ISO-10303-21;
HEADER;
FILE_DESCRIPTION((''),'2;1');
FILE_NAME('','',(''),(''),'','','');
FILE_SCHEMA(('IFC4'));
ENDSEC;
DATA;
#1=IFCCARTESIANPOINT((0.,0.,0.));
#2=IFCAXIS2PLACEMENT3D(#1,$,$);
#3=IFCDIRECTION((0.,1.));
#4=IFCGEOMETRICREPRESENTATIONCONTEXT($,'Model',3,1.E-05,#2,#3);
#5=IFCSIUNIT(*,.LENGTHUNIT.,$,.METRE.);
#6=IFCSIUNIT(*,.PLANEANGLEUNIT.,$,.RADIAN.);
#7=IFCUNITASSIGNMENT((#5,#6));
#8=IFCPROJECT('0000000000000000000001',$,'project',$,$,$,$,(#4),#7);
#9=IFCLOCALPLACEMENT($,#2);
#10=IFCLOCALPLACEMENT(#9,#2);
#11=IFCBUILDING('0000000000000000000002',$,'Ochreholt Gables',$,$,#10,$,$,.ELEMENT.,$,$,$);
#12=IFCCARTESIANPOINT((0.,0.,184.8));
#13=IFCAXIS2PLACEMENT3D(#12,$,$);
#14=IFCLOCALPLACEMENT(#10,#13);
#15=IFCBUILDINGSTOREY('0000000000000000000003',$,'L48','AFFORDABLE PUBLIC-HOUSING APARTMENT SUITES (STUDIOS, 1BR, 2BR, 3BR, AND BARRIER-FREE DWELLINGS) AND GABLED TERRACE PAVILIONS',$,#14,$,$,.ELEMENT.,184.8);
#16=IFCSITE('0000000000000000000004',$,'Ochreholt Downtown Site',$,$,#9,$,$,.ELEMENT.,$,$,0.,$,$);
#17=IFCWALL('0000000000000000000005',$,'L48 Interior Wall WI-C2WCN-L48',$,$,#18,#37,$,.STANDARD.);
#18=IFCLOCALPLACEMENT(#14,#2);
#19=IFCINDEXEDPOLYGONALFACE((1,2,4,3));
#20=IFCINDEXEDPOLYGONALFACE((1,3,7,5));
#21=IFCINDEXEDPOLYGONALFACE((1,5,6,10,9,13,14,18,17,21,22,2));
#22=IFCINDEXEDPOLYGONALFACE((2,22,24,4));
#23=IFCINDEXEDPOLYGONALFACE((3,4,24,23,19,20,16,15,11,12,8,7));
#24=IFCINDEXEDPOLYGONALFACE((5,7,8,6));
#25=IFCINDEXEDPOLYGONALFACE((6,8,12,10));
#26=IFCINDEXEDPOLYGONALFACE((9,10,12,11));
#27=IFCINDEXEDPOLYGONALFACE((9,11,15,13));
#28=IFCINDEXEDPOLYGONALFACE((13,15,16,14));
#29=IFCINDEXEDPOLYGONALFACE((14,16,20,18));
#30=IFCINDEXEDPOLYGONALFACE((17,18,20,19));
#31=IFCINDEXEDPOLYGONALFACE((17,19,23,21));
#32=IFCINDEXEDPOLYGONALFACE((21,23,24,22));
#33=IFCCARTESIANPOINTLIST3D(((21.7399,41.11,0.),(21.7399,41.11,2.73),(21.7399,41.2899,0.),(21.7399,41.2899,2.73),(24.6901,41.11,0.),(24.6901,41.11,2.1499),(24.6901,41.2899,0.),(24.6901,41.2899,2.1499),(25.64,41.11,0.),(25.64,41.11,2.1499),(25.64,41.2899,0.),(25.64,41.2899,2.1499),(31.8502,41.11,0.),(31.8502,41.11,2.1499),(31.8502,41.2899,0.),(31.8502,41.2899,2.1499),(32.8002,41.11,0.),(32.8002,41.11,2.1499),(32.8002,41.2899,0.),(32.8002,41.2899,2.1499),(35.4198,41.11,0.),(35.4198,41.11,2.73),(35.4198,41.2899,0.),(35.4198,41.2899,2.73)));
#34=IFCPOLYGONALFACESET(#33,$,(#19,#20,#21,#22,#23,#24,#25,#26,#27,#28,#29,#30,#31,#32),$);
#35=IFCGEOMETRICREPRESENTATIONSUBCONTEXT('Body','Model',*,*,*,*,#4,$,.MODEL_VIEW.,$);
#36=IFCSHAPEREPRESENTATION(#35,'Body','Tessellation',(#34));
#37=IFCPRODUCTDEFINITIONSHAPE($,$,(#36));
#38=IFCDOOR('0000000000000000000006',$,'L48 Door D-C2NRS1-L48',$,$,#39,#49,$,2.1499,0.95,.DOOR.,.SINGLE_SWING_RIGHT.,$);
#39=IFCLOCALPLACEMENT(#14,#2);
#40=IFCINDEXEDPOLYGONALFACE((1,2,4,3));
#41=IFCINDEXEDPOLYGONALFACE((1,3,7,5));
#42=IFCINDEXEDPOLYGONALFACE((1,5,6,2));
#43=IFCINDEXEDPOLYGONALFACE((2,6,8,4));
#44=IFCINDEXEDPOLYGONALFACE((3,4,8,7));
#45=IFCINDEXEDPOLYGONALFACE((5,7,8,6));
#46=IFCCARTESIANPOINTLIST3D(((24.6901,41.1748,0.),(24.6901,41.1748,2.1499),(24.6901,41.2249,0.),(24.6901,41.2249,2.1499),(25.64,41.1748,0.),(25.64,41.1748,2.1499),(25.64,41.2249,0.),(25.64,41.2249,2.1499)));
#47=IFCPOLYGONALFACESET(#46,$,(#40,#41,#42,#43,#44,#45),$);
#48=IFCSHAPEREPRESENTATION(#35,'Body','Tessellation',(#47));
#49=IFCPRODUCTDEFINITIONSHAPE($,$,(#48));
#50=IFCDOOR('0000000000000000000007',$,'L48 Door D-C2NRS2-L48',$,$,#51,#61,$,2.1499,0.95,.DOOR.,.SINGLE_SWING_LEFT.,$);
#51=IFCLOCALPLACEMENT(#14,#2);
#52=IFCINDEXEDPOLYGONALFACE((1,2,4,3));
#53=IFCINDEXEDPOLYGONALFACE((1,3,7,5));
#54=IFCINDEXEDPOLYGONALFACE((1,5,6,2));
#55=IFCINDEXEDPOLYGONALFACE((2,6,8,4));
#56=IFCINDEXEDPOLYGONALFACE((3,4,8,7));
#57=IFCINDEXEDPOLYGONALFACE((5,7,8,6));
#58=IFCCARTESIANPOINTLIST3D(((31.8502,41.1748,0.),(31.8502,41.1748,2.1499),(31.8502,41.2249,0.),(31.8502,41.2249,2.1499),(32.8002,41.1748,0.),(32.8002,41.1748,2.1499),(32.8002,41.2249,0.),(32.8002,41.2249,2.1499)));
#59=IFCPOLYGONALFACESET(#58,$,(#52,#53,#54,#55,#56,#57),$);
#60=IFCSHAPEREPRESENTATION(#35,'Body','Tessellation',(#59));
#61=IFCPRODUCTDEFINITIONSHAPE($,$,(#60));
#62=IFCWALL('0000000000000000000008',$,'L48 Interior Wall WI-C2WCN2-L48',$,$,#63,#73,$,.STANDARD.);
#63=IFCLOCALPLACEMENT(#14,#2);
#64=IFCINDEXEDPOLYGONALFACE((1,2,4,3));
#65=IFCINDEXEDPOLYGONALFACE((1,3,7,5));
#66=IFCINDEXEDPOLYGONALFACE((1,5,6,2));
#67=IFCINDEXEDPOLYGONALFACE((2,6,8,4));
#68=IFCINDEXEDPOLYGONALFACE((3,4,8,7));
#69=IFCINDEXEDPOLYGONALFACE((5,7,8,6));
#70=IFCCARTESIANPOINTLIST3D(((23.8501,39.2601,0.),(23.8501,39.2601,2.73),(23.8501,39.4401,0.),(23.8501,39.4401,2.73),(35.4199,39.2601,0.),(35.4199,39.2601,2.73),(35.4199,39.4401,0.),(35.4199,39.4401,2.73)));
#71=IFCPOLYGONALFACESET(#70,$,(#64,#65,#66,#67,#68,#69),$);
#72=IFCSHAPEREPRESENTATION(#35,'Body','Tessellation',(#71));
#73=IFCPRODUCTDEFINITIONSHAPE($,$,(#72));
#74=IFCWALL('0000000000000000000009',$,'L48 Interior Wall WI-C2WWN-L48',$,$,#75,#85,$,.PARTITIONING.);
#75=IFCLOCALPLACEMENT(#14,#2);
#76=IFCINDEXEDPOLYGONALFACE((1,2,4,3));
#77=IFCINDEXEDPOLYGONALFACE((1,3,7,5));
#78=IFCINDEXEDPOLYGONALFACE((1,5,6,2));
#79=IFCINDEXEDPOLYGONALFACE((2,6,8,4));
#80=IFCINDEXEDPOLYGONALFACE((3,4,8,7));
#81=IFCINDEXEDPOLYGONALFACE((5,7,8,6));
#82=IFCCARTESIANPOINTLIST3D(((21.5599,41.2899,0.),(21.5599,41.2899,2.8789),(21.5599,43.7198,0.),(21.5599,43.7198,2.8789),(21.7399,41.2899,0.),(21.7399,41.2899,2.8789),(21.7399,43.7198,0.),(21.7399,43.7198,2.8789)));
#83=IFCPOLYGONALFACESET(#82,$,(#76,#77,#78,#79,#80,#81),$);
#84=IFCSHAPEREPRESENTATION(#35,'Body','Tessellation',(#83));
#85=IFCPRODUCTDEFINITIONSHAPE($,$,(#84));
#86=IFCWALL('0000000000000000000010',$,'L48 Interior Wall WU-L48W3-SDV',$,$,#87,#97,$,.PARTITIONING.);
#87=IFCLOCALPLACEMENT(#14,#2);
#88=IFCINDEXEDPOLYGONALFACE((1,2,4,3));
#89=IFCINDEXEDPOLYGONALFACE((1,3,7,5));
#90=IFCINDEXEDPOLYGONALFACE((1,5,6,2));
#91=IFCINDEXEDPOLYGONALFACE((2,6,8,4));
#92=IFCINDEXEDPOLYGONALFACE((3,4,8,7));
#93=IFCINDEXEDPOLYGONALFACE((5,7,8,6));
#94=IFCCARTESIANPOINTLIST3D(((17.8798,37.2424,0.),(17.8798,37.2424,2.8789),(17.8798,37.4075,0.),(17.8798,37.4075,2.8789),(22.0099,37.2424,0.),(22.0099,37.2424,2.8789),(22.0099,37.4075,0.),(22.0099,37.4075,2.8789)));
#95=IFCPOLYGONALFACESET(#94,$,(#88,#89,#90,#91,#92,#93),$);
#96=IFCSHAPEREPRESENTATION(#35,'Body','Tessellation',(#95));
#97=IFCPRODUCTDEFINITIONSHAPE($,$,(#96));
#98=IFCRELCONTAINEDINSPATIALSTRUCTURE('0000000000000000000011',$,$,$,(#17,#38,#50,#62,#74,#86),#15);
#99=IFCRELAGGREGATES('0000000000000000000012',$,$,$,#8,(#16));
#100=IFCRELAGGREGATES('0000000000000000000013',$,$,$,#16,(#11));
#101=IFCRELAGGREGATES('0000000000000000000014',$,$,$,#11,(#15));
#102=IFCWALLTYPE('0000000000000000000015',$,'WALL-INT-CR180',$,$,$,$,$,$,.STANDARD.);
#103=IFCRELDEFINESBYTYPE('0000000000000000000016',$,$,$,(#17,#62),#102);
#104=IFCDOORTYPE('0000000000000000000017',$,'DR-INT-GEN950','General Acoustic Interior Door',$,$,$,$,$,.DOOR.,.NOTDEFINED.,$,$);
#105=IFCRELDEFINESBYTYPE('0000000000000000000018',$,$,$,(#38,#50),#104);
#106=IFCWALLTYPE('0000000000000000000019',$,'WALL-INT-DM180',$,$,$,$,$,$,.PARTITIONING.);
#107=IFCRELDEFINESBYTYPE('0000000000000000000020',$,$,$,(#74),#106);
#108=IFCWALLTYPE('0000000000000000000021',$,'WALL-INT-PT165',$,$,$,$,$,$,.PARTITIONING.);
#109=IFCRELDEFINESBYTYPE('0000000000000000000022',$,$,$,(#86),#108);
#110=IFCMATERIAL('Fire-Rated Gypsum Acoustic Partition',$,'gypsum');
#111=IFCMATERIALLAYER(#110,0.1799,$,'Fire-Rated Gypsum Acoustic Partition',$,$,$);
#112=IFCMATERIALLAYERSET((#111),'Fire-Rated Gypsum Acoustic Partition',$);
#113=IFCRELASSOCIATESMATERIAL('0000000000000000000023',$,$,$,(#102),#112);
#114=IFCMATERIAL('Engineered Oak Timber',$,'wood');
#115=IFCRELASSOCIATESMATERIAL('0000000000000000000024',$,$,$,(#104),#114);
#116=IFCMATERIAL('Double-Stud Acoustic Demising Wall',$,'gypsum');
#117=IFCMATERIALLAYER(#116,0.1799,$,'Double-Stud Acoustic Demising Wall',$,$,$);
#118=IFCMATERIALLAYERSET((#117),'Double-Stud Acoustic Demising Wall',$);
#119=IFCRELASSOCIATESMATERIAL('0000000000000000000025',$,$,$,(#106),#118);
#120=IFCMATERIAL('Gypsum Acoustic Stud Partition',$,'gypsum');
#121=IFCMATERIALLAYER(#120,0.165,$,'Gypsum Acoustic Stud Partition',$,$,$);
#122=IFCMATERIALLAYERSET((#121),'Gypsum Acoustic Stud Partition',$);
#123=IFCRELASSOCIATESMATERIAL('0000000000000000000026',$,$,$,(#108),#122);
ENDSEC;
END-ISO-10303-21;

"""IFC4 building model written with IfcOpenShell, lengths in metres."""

from ifc_helpers import new_model, si_unit, direction, frame, frame_2d, origin, place, context, subcontext, project, spatial, rectangle, extrude, material, layer, layer_set, type_object, element, fill, save


model = new_model("IFC4")

# Units and contexts
model_context = context("Model", 3, precision=1e-05, world=origin(), true_north=direction((0.0, 1.0)))
body_context = subcontext(model_context, "Body", "Model", "MODEL_VIEW")
ifc_project = project(units=[si_unit("LENGTHUNIT", "METRE"), si_unit("PLANEANGLEUNIT", "RADIAN")], contexts=[model_context])

# Site, building, storey
site_placement = place(None, origin())
site = spatial("IfcSite", under=ifc_project, at=site_placement, Name="Ochreholt Downtown Site", CompositionType="ELEMENT", RefElevation=0.0)
building_placement = place(site_placement, origin())
building = spatial("IfcBuilding", under=site, at=building_placement, Name="Ochreholt Gables", CompositionType="ELEMENT")
storey_placement = place(building_placement, frame((0.0, 0.0, 184.8)))
storey = spatial("IfcBuildingStorey", under=building, at=storey_placement, Name="L48", Description="AFFORDABLE PUBLIC-HOUSING APARTMENT SUITES (STUDIOS, 1BR, 2BR, 3BR, AND BARRIER-FREE DWELLINGS) AND GABLED TERRACE PAVILIONS", CompositionType="ELEMENT", Elevation=184.8)

# Wall, openings, doors
ifc_material_1 = material(Name="Fire-Rated Gypsum Acoustic Partition", Category="gypsum")
ifc_layer_1 = layer(ifc_material_1, 0.1799, Name="Fire-Rated Gypsum Acoustic Partition")
ifc_layer_set_1 = layer_set([ifc_layer_1], Name="Fire-Rated Gypsum Acoustic Partition")
wall_type_1 = type_object("IfcWallType", Name="WALL-INT-CR180", PredefinedType="STANDARD", material=ifc_layer_set_1)
wall_1_placement = place(storey_placement, frame((21.74, 41.2, 0.0), z_axis=(0.0, 0.0, 1.0), x_axis=(1.0, 0.0, 0.0)))
wall_1 = element("IfcWall", 1, at=wall_1_placement, inside=storey, type_object=wall_type_1, Name="L48 Interior Wall WI-C2WCN-L48", PredefinedType="STANDARD", context=body_context, shape_type="SweptSolid", body=[
    extrude(rectangle(XDim=13.6799, YDim=0.1799, at=frame_2d((6.8398, 0.0))), origin(), (0.0, 0.0, 1.0), 2.73),
])
opening_1_placement = place(wall_1_placement, frame((2.95, 0.0, 0.0)))
opening_1 = element("IfcOpeningElement", 2, at=opening_1_placement, cuts=wall_1, PredefinedType="OPENING", context=body_context, shape_type="SweptSolid", body=[
    extrude(rectangle(XDim=0.95, YDim=2.1499, at=frame_2d((0.4751, 1.075))), frame((0.0, 0.0999, 0.0), z_axis=(0.0, -1.0, 0.0), x_axis=(1.0, 0.0, 0.0)), (0.0, 0.0, 1.0), 0.2),
])
opening_2_placement = place(wall_1_placement, frame((10.1101, 0.0, 0.0)))
opening_2 = element("IfcOpeningElement", 3, at=opening_2_placement, cuts=wall_1, PredefinedType="OPENING", context=body_context, shape_type="SweptSolid", body=[
    extrude(rectangle(XDim=0.95, YDim=2.1499, at=frame_2d((0.4751, 1.075))), frame((0.0, 0.0999, 0.0), z_axis=(0.0, -1.0, 0.0), x_axis=(1.0, 0.0, 0.0)), (0.0, 0.0, 1.0), 0.2),
])
ifc_material_2 = material(Name="Engineered Oak Timber", Category="wood")
door_type = type_object("IfcDoorType", Name="DR-INT-GEN950", Description="General Acoustic Interior Door", OperationType="NOTDEFINED", PredefinedType="DOOR", material=ifc_material_2)
door_1_placement = place(opening_1_placement, origin())
door_1 = element("IfcDoor", 4, at=door_1_placement, inside=storey, type_object=door_type, Name="L48 Door D-C2NRS1-L48", OperationType="SINGLE_SWING_RIGHT", OverallHeight=2.1499, OverallWidth=0.95, PredefinedType="DOOR", context=body_context, shape_type="SweptSolid", body=[
    extrude(rectangle(XDim=0.95, YDim=2.1499, at=frame_2d((0.4751, 1.075))), frame((0.0, 0.0249, 0.0), z_axis=(0.0, -1.0, 0.0), x_axis=(1.0, 0.0, 0.0)), (0.0, 0.0, 1.0), 0.05),
])
fill(opening_1, door_1)
door_2_placement = place(opening_2_placement, origin())
door_2 = element("IfcDoor", 5, at=door_2_placement, inside=storey, type_object=door_type, Name="L48 Door D-C2NRS2-L48", OperationType="SINGLE_SWING_LEFT", OverallHeight=2.1499, OverallWidth=0.95, PredefinedType="DOOR", context=body_context, shape_type="SweptSolid", body=[
    extrude(rectangle(XDim=0.95, YDim=2.1499, at=frame_2d((0.4751, 1.075))), frame((0.0, 0.0249, 0.0), z_axis=(0.0, -1.0, 0.0), x_axis=(1.0, 0.0, 0.0)), (0.0, 0.0, 1.0), 0.05),
])
fill(opening_2, door_2)

# Walls
wall_2_placement = place(storey_placement, frame((23.8501, 39.3501, 0.0), z_axis=(0.0, 0.0, 1.0), x_axis=(1.0, 0.0, 0.0)))
element("IfcWall", 6, at=wall_2_placement, inside=storey, type_object=wall_type_1, Name="L48 Interior Wall WI-C2WCN2-L48", PredefinedType="STANDARD", context=body_context, shape_type="SweptSolid", body=[
    extrude(rectangle(XDim=11.5698, YDim=0.1799, at=frame_2d((5.7849, 0.0))), origin(), (0.0, 0.0, 1.0), 2.73),
])
ifc_material_3 = material(Name="Double-Stud Acoustic Demising Wall", Category="gypsum")
ifc_layer_2 = layer(ifc_material_3, 0.1799, Name="Double-Stud Acoustic Demising Wall")
ifc_layer_set_2 = layer_set([ifc_layer_2], Name="Double-Stud Acoustic Demising Wall")
wall_type_2 = type_object("IfcWallType", Name="WALL-INT-DM180", PredefinedType="PARTITIONING", material=ifc_layer_set_2)
wall_3_placement = place(storey_placement, frame((21.6499, 41.29, 0.0), z_axis=(0.0, 0.0, 1.0), x_axis=(0.0, 1.0, 0.0)))
element("IfcWall", 7, at=wall_3_placement, inside=storey, type_object=wall_type_2, Name="L48 Interior Wall WI-C2WWN-L48", PredefinedType="PARTITIONING", context=body_context, shape_type="SweptSolid", body=[
    extrude(rectangle(XDim=2.4299, YDim=0.1799, at=frame_2d((1.2148, 0.0))), origin(), (0.0, 0.0, 1.0), 2.8789),
])
ifc_material_4 = material(Name="Gypsum Acoustic Stud Partition", Category="gypsum")
ifc_layer_3 = layer(ifc_material_4, 0.165, Name="Gypsum Acoustic Stud Partition")
ifc_layer_set_3 = layer_set([ifc_layer_3], Name="Gypsum Acoustic Stud Partition")
wall_type_3 = type_object("IfcWallType", Name="WALL-INT-PT165", PredefinedType="PARTITIONING", material=ifc_layer_set_3)
wall_4_placement = place(storey_placement, frame((17.8799, 37.325, 0.0), z_axis=(0.0, 0.0, 1.0), x_axis=(1.0, 0.0, 0.0)))
element("IfcWall", 8, at=wall_4_placement, inside=storey, type_object=wall_type_3, Name="L48 Interior Wall WU-L48W3-SDV", PredefinedType="PARTITIONING", context=body_context, shape_type="SweptSolid", body=[
    extrude(rectangle(XDim=4.1301, YDim=0.165, at=frame_2d((2.0649, 0.0))), origin(), (0.0, 0.0, 1.0), 2.8789),
])

save(model, "model.ifc")
